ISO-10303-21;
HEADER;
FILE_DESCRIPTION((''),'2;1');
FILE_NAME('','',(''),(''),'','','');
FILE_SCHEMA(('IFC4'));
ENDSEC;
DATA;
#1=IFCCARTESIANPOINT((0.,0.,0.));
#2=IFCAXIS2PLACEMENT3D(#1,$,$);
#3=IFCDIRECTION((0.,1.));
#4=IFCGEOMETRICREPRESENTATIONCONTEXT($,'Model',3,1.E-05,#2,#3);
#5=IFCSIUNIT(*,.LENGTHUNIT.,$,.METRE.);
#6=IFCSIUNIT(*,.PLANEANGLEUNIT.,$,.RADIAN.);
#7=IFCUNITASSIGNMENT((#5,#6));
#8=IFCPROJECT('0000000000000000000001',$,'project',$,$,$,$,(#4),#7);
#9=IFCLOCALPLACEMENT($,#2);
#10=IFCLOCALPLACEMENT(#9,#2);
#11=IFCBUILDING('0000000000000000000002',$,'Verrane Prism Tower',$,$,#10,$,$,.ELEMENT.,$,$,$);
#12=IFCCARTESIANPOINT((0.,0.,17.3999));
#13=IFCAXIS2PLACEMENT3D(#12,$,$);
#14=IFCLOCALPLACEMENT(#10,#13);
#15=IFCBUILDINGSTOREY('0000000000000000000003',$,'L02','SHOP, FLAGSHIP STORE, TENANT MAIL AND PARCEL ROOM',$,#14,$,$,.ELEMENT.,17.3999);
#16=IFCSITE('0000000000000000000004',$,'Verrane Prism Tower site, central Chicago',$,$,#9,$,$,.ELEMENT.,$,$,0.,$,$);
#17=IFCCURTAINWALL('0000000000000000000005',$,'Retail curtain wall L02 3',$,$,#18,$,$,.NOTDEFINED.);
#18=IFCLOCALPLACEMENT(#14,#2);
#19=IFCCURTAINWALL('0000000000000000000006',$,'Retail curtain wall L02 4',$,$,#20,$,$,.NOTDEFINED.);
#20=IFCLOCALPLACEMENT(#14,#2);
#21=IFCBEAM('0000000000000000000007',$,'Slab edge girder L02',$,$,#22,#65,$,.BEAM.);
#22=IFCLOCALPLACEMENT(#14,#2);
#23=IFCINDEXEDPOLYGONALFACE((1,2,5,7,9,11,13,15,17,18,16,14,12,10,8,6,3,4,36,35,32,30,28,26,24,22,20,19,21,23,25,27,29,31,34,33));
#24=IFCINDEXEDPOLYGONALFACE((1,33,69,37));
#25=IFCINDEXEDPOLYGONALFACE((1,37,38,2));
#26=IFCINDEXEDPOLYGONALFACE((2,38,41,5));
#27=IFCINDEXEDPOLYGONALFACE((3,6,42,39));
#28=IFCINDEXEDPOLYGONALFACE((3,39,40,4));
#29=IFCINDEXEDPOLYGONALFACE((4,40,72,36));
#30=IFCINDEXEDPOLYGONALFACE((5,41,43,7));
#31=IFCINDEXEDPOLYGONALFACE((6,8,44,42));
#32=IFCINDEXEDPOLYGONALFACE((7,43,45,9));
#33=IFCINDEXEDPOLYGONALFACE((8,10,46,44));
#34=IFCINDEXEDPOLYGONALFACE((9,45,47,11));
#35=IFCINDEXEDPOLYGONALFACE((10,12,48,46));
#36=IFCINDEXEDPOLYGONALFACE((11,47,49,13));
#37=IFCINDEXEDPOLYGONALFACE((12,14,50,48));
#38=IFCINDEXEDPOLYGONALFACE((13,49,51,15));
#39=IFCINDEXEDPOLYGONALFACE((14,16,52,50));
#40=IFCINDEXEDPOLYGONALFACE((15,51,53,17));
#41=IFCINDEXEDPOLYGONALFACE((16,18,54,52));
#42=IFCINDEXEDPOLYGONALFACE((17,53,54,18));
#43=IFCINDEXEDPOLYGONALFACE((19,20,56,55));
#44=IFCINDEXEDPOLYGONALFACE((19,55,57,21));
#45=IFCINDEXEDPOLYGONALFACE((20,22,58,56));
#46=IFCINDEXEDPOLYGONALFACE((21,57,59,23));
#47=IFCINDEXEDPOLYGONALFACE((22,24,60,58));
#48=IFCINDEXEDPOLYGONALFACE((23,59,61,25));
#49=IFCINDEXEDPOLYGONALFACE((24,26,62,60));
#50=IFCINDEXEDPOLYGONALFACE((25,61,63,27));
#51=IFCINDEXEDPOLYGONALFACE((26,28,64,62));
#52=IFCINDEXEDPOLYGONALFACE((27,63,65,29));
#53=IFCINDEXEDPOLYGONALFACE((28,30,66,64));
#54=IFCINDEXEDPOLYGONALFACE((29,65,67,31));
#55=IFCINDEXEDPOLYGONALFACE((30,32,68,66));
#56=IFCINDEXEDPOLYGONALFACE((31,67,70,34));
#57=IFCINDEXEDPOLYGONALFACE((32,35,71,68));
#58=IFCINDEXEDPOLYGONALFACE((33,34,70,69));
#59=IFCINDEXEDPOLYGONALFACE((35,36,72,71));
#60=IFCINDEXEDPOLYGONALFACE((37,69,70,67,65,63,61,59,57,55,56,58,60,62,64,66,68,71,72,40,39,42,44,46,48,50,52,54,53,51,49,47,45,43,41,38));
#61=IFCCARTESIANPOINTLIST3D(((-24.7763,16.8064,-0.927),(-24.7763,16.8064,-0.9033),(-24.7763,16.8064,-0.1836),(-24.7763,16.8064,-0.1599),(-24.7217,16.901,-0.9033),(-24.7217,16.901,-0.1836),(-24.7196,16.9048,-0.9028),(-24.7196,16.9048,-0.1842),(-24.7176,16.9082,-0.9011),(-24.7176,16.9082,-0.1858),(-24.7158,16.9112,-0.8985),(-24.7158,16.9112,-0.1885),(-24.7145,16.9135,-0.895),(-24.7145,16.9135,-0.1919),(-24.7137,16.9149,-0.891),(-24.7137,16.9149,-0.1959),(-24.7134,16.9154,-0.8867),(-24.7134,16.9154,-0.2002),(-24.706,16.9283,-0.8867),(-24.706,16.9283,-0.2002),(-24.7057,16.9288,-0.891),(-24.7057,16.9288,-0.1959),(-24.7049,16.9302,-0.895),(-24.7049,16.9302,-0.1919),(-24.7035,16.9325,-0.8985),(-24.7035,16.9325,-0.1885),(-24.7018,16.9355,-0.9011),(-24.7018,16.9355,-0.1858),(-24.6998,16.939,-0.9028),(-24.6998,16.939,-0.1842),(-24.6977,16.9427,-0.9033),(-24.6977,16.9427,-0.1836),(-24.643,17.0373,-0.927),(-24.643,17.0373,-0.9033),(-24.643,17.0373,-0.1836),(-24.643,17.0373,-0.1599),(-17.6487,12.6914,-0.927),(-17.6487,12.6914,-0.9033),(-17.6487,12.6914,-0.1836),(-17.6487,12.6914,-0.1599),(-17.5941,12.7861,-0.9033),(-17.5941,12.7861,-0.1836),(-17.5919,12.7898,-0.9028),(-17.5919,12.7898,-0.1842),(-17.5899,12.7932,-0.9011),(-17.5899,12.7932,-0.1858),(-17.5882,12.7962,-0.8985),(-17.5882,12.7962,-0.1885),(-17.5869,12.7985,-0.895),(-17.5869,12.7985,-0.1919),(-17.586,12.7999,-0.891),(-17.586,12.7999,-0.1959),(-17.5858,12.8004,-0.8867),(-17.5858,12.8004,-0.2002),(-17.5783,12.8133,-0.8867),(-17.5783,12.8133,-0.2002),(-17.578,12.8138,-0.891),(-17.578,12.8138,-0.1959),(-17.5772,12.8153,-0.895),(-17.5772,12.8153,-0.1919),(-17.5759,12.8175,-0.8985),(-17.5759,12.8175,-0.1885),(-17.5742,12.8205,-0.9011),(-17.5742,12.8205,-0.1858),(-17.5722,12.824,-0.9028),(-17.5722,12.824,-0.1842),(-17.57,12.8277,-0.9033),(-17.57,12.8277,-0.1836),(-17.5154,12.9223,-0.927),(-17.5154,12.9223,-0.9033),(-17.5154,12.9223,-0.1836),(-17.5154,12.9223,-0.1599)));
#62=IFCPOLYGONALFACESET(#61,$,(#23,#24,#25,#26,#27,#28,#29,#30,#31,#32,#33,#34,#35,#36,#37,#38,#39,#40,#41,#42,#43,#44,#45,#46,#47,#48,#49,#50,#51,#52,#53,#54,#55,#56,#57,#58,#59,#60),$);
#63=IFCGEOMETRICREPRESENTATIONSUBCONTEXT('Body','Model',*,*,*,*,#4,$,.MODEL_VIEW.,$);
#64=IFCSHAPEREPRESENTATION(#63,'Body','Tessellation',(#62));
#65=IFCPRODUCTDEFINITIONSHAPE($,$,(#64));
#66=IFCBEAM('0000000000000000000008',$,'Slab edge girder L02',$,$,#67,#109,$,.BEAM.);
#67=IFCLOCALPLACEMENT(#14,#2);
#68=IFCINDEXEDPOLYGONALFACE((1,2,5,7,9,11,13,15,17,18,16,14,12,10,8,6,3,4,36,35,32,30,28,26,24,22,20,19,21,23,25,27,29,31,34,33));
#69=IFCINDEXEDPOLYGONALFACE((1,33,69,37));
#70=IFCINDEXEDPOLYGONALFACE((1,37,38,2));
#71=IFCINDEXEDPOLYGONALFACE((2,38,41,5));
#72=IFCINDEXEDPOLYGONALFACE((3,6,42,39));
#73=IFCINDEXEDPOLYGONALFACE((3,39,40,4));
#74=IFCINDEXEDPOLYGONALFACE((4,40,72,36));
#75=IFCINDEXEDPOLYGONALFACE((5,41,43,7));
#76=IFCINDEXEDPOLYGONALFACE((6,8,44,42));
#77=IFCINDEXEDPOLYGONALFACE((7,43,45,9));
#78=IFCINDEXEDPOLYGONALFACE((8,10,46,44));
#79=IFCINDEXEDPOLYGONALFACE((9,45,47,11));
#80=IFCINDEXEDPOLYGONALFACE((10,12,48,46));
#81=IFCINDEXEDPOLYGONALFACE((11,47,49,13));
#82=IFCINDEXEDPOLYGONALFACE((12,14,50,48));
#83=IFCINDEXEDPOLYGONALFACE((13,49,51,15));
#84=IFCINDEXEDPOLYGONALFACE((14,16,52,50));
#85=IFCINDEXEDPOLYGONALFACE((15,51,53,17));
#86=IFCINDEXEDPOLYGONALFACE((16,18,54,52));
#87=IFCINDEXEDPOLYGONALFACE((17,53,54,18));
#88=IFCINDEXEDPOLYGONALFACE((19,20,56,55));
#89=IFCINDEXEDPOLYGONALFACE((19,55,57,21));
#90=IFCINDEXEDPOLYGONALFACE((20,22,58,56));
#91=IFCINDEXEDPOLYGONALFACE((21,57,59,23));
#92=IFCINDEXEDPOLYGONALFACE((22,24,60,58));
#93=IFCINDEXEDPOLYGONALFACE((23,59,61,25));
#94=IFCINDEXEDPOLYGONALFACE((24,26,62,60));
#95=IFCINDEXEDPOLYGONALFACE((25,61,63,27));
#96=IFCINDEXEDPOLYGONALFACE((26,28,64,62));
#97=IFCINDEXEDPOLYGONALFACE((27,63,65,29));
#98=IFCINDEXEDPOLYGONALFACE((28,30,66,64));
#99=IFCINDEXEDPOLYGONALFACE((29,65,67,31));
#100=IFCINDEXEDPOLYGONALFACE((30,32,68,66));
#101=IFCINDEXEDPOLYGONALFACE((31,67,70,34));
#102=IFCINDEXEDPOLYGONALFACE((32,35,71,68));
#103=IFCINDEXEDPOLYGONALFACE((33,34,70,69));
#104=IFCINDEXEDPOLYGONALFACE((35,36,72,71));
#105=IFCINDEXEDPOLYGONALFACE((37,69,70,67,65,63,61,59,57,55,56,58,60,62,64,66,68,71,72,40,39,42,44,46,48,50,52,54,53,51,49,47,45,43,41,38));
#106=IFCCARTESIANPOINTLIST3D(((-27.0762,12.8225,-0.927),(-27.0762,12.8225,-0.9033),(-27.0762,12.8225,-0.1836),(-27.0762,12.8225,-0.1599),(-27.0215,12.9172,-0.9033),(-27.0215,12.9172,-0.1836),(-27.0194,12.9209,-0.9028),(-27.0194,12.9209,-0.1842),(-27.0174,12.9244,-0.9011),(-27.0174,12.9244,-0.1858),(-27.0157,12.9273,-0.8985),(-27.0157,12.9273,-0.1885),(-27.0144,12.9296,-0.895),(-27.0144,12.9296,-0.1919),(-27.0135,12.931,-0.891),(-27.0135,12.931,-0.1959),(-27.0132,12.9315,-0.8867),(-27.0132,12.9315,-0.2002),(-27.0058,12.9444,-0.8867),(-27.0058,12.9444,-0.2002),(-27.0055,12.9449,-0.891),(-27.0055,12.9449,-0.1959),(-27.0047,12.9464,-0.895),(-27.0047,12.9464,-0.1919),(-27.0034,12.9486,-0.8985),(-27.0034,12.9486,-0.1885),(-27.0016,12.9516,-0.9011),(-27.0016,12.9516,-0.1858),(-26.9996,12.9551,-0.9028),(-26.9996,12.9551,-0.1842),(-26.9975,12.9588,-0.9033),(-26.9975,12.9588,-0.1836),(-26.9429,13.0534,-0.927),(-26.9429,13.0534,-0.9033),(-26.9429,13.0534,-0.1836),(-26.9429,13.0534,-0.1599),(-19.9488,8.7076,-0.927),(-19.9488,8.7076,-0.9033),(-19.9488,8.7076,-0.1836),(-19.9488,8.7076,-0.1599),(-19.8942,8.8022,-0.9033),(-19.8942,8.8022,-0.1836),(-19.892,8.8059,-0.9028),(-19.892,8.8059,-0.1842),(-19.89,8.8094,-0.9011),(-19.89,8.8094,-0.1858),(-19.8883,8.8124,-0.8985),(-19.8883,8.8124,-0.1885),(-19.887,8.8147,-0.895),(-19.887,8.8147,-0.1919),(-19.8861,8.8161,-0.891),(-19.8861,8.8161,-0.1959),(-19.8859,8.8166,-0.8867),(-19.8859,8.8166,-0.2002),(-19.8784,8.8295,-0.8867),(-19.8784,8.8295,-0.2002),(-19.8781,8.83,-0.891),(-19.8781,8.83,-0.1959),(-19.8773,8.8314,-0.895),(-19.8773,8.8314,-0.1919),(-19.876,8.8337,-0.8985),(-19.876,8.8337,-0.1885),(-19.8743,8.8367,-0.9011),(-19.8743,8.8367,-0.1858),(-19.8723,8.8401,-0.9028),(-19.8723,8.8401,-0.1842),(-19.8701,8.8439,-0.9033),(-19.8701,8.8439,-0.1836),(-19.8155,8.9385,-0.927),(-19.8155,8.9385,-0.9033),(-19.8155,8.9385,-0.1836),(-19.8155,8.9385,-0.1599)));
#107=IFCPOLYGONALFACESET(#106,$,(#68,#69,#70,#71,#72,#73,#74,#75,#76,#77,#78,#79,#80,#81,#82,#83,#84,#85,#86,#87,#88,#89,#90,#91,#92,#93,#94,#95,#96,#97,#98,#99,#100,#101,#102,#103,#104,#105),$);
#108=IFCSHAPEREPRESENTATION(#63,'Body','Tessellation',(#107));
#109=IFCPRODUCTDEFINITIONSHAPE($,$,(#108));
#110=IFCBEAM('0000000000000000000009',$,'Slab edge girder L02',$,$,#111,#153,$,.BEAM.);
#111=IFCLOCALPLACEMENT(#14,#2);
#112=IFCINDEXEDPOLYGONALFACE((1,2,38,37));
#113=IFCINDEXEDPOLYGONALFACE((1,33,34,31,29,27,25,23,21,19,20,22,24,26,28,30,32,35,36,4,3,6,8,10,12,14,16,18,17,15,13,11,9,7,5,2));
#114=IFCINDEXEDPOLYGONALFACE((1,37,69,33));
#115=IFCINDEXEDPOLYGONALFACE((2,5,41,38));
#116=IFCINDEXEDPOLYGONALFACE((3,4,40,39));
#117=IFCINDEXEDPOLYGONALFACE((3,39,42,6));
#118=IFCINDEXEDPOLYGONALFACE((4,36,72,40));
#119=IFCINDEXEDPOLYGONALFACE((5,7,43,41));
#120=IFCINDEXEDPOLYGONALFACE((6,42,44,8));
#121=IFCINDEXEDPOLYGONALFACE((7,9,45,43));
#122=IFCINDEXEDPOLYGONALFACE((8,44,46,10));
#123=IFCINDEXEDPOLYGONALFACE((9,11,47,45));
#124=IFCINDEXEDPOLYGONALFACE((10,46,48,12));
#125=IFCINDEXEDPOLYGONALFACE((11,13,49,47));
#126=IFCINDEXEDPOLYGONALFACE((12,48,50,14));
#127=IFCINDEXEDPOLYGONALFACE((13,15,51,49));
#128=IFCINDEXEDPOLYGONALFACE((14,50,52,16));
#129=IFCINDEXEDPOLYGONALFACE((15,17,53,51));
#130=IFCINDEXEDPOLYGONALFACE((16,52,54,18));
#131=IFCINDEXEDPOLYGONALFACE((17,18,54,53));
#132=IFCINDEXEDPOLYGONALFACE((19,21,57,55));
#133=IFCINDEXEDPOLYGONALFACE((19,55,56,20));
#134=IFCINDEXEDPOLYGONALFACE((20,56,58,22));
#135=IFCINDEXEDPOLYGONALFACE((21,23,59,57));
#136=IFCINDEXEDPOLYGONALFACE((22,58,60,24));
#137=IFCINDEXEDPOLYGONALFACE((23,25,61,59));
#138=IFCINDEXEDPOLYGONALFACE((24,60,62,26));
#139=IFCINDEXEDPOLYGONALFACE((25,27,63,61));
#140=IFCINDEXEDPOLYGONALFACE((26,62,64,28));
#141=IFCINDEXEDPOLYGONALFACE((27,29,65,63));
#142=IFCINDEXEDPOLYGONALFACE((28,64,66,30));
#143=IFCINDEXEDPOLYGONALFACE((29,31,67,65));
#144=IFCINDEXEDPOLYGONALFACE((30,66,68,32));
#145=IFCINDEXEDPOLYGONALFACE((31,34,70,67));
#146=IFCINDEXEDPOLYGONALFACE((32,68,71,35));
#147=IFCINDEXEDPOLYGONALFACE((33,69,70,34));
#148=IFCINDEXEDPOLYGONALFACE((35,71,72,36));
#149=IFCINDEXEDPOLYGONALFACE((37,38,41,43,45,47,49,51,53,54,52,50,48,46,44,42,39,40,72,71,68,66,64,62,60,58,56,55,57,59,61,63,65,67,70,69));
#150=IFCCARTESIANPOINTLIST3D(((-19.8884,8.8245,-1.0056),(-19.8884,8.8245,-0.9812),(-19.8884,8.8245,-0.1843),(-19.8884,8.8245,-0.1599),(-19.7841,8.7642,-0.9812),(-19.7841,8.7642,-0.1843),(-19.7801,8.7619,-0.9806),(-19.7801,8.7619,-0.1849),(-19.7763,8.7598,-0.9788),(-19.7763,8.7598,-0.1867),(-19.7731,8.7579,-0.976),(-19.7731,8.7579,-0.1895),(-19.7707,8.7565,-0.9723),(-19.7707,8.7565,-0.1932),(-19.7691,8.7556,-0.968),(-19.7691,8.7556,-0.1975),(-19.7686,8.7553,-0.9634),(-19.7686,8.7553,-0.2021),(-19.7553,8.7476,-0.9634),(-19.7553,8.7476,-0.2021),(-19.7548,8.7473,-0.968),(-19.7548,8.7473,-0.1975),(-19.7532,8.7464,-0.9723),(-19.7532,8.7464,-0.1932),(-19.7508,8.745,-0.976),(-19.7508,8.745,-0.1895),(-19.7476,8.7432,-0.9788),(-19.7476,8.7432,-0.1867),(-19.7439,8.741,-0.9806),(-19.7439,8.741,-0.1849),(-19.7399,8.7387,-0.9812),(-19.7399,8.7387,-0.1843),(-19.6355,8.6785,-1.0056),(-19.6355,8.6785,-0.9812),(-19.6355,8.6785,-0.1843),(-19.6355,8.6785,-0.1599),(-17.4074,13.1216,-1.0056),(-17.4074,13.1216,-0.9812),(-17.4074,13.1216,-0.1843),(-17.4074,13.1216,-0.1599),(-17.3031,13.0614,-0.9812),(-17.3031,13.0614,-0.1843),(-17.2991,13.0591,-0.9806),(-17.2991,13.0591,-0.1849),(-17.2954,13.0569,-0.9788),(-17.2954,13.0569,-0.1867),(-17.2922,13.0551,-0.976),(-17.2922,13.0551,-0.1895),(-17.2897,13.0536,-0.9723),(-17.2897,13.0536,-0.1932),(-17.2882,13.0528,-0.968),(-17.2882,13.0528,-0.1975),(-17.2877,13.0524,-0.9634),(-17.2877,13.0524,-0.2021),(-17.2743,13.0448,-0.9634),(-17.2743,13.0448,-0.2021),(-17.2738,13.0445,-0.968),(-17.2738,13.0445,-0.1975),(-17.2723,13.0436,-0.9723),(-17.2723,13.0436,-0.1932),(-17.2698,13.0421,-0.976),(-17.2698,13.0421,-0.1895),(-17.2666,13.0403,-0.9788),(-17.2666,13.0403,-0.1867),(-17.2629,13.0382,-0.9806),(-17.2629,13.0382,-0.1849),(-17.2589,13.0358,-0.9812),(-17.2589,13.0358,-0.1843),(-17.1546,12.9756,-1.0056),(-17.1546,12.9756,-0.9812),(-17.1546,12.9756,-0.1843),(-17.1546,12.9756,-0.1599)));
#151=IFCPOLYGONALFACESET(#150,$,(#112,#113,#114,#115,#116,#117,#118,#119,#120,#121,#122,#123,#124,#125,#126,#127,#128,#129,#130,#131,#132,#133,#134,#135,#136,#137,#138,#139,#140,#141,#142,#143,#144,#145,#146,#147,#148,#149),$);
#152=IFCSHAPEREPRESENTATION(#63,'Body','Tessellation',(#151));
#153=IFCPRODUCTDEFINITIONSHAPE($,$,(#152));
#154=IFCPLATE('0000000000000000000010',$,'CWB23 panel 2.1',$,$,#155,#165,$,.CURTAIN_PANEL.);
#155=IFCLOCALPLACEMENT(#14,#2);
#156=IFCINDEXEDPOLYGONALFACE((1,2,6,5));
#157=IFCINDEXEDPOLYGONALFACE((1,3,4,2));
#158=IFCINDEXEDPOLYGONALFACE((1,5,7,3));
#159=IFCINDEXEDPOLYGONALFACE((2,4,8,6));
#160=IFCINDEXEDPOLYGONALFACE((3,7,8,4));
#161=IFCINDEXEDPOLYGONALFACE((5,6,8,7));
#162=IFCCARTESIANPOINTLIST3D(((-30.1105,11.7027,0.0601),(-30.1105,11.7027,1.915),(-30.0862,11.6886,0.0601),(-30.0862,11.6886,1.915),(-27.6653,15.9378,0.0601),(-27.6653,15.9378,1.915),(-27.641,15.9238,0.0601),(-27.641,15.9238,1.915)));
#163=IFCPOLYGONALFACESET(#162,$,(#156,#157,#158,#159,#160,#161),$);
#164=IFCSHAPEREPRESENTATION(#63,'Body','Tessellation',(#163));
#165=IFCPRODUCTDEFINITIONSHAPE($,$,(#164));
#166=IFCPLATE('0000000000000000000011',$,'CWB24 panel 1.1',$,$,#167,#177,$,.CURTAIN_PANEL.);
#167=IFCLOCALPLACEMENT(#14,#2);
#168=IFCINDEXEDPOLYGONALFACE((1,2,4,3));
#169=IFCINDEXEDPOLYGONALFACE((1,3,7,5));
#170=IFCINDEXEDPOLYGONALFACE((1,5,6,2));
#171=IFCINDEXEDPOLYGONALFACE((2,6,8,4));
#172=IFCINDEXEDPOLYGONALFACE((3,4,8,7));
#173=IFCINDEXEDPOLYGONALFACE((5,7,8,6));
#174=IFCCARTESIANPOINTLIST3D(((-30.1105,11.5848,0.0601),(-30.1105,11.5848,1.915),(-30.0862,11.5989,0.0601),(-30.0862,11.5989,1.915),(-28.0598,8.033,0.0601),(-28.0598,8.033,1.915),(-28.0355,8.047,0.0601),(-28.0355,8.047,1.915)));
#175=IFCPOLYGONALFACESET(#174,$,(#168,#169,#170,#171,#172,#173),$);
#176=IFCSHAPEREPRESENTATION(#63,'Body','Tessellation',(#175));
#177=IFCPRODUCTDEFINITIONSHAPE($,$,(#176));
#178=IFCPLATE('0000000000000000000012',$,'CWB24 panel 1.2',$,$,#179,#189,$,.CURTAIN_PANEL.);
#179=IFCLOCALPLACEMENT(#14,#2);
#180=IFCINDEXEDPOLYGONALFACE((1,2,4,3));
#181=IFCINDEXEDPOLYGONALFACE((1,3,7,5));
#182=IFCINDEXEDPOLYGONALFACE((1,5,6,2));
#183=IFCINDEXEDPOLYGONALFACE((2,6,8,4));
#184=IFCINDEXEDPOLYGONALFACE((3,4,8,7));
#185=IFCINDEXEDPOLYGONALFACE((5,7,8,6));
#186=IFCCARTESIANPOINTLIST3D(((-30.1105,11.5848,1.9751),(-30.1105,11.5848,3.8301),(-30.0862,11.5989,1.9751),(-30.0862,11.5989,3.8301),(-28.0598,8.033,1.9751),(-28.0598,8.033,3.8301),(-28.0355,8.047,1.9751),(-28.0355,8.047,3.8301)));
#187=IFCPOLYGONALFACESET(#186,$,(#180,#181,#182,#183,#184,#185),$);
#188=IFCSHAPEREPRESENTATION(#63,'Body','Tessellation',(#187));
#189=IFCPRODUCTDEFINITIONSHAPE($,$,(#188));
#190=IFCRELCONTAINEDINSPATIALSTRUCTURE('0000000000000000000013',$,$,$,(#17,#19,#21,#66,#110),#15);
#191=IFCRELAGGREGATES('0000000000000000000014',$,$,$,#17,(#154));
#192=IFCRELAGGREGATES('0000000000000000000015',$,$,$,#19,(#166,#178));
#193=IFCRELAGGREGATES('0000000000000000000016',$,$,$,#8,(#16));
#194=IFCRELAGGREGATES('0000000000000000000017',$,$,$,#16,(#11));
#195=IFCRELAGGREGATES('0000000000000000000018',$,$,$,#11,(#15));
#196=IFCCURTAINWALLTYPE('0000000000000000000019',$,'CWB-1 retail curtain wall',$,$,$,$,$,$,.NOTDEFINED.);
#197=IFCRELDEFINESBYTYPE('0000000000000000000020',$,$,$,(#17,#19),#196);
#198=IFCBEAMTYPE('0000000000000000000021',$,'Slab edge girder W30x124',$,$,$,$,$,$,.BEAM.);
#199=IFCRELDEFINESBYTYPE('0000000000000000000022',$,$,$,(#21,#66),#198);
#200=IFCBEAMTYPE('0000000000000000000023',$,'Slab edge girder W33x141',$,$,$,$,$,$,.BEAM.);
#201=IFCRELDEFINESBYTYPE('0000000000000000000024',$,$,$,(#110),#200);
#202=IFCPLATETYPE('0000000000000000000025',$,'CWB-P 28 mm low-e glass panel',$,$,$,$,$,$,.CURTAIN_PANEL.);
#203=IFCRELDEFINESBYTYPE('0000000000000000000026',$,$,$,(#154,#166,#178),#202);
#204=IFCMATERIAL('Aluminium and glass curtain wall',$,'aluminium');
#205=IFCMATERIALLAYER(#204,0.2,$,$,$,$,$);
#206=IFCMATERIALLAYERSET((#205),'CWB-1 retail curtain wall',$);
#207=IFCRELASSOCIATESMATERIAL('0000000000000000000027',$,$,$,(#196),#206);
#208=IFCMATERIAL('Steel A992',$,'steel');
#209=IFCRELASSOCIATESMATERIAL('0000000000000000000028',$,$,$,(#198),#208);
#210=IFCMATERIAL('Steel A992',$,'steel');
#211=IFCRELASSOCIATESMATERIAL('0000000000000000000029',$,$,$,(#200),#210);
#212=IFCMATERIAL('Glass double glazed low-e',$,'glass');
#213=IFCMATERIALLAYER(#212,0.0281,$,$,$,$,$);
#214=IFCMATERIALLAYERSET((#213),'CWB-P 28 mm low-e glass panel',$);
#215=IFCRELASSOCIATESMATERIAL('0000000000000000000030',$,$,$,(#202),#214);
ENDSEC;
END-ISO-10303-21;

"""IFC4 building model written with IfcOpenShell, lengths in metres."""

from ifc_helpers import new_model, si_unit, direction, frame, origin, origin_2d, place, context, subcontext, project, spatial, rectangle, i_section, extrude, material, layer, layer_set, material_profile, profile_set, type_object, element, aggregate, save


model = new_model("IFC4")

# Units and contexts
model_context = context("Model", 3, precision=1e-05, world=origin(), true_north=direction((0.0, 1.0)))
body_context = subcontext(model_context, "Body", "Model", "MODEL_VIEW")
ifc_project = project(units=[si_unit("LENGTHUNIT", "METRE"), si_unit("PLANEANGLEUNIT", "RADIAN")], contexts=[model_context])

# Site, building, storey
site_placement = place(None, origin())
site = spatial("IfcSite", under=ifc_project, at=site_placement, Name="Verrane Prism Tower site, central Chicago", CompositionType="ELEMENT", RefElevation=0.0)
building_placement = place(site_placement, origin())
building = spatial("IfcBuilding", under=site, at=building_placement, Name="Verrane Prism Tower", CompositionType="ELEMENT")
storey_placement = place(building_placement, frame((0.0, 0.0, 17.3999)))
storey = spatial("IfcBuildingStorey", under=building, at=storey_placement, Name="L02", Description="SHOP, FLAGSHIP STORE, TENANT MAIL AND PARCEL ROOM", CompositionType="ELEMENT", Elevation=17.3999)

# Curtain wall
ifc_material_1 = material(Name="Aluminium and glass curtain wall", Category="aluminium")
ifc_layer_1 = layer(ifc_material_1, 0.2)
ifc_layer_set_1 = layer_set([ifc_layer_1], Name="CWB-1 retail curtain wall")
curtain_wall_type = type_object("IfcCurtainWallType", Name="CWB-1 retail curtain wall", PredefinedType="NOTDEFINED", material=ifc_layer_set_1)
curtain_wall_1_placement = place(storey_placement, origin())
curtain_wall_1 = element("IfcCurtainWall", 1, at=curtain_wall_1_placement, inside=storey, type_object=curtain_wall_type, Name="Retail curtain wall L02 3", PredefinedType="NOTDEFINED")

# Curtain wall
curtain_wall_2_placement = place(storey_placement, origin())
curtain_wall_2 = element("IfcCurtainWall", 2, at=curtain_wall_2_placement, inside=storey, type_object=curtain_wall_type, Name="Retail curtain wall L02 4", PredefinedType="NOTDEFINED")

# Beams
ifc_material_2 = material(Name="Steel A992", Category="steel")
ifc_material_profile_1 = material_profile(ifc_material_2, i_section(OverallWidth=0.2666, OverallDepth=0.7671, WebThickness=0.0149, FlangeThickness=0.0237, FilletRadius=0.0166, at=origin_2d()), Name="W30x124")
ifc_profile_set_1 = profile_set([ifc_material_profile_1], Name="Steel A992")
beam_type_1 = type_object("IfcBeamType", Name="Slab edge girder W30x124", PredefinedType="BEAM", material=ifc_profile_set_1)
beam_1_placement = place(storey_placement, frame((-17.582, 12.8069, -0.5435), z_axis=(-0.866035, 0.499984, 0.0), x_axis=(-0.499984, -0.866035, 0.0)))
element("IfcBeam", 3, at=beam_1_placement, inside=storey, type_object=beam_type_1, Name="Slab edge girder L02", PredefinedType="BEAM", context=body_context, shape_type="SweptSolid", body=[
    extrude(i_section(OverallWidth=0.2666, OverallDepth=0.7671, WebThickness=0.0149, FlangeThickness=0.0237, FilletRadius=0.0166, at=origin_2d()), origin(), (0.0, 0.0, 1.0), 8.2302),
])
beam_2_placement = place(storey_placement, frame((-27.0095, 12.938, -0.5435), z_axis=(0.866028, -0.499996, 0.0), x_axis=(0.499996, 0.866028, 0.0)))
element("IfcBeam", 4, at=beam_2_placement, inside=storey, type_object=beam_type_1, Name="Slab edge girder L02", PredefinedType="BEAM", context=body_context, shape_type="SweptSolid", body=[
    extrude(i_section(OverallWidth=0.2666, OverallDepth=0.7671, WebThickness=0.0149, FlangeThickness=0.0237, FilletRadius=0.0166, at=origin_2d()), origin(), (0.0, 0.0, 1.0), 8.23),
])
ifc_material_3 = material(Name="Steel A992", Category="steel")
ifc_material_profile_2 = material_profile(ifc_material_3, i_section(OverallWidth=0.292, OverallDepth=0.8457, WebThickness=0.0154, FlangeThickness=0.0244, FilletRadius=0.0178, at=origin_2d()), Name="W33x141")
ifc_profile_set_2 = profile_set([ifc_material_profile_2], Name="Steel A992")
beam_type_2 = type_object("IfcBeamType", Name="Slab edge girder W33x141", PredefinedType="BEAM", material=ifc_profile_set_2)
beam_3_placement = place(storey_placement, frame((-19.762, 8.7515, -0.5828), z_axis=(0.500002, 0.866024, 0.0), x_axis=(-0.866024, 0.500002, 0.0)))
element("IfcBeam", 5, at=beam_3_placement, inside=storey, type_object=beam_type_2, Name="Slab edge girder L02", PredefinedType="BEAM", context=body_context, shape_type="SweptSolid", body=[
    extrude(i_section(OverallWidth=0.292, OverallDepth=0.8457, WebThickness=0.0154, FlangeThickness=0.0244, FilletRadius=0.0178, at=origin_2d()), origin(), (0.0, 0.0, 1.0), 4.9619),
])

# Plates
ifc_material_4 = material(Name="Glass double glazed low-e", Category="glass")
ifc_layer_2 = layer(ifc_material_4, 0.0281)
ifc_layer_set_2 = layer_set([ifc_layer_2], Name="CWB-P 28 mm low-e glass panel")
plate_type = type_object("IfcPlateType", Name="CWB-P 28 mm low-e glass panel", PredefinedType="CURTAIN_PANEL", material=ifc_layer_set_2)
plate_1_placement = place(storey_placement, frame((-28.8757, 13.8132, 0.0601), z_axis=(0.0, 0.0, 1.0), x_axis=(-0.499999, -0.866026, 0.0)))
plate_1 = element("IfcPlate", 6, at=plate_1_placement, type_object=plate_type, Name="CWB23 panel 2.1", PredefinedType="CURTAIN_PANEL", context=body_context, shape_type="SweptSolid", body=[
    extrude(rectangle(XDim=4.8904, YDim=0.0281, at=origin_2d()), origin(), (0.0, 0.0, 1.0), 1.855),
])
aggregate(curtain_wall_1, [plate_1])
plate_2_placement = place(storey_placement, frame((-29.073, 9.8159, 0.0601), z_axis=(0.0, 0.0, 1.0), x_axis=(0.5, -0.866025, 0.0)))
plate_2 = element("IfcPlate", 7, at=plate_2_placement, type_object=plate_type, Name="CWB24 panel 1.1", PredefinedType="CURTAIN_PANEL", context=body_context, shape_type="SweptSolid", body=[
    extrude(rectangle(XDim=4.1013, YDim=0.0281, at=origin_2d()), origin(), (0.0, 0.0, 1.0), 1.855),
])
plate_3_placement = place(storey_placement, frame((-29.073, 9.8159, 1.9751), z_axis=(0.0, 0.0, 1.0), x_axis=(0.5, -0.866025, 0.0)))
plate_3 = element("IfcPlate", 8, at=plate_3_placement, type_object=plate_type, Name="CWB24 panel 1.2", PredefinedType="CURTAIN_PANEL", context=body_context, shape_type="SweptSolid", body=[
    extrude(rectangle(XDim=4.1013, YDim=0.0281, at=origin_2d()), origin(), (0.0, 0.0, 1.0), 1.855),
])
aggregate(curtain_wall_2, [plate_2, plate_3])

save(model, "model.ifc")
